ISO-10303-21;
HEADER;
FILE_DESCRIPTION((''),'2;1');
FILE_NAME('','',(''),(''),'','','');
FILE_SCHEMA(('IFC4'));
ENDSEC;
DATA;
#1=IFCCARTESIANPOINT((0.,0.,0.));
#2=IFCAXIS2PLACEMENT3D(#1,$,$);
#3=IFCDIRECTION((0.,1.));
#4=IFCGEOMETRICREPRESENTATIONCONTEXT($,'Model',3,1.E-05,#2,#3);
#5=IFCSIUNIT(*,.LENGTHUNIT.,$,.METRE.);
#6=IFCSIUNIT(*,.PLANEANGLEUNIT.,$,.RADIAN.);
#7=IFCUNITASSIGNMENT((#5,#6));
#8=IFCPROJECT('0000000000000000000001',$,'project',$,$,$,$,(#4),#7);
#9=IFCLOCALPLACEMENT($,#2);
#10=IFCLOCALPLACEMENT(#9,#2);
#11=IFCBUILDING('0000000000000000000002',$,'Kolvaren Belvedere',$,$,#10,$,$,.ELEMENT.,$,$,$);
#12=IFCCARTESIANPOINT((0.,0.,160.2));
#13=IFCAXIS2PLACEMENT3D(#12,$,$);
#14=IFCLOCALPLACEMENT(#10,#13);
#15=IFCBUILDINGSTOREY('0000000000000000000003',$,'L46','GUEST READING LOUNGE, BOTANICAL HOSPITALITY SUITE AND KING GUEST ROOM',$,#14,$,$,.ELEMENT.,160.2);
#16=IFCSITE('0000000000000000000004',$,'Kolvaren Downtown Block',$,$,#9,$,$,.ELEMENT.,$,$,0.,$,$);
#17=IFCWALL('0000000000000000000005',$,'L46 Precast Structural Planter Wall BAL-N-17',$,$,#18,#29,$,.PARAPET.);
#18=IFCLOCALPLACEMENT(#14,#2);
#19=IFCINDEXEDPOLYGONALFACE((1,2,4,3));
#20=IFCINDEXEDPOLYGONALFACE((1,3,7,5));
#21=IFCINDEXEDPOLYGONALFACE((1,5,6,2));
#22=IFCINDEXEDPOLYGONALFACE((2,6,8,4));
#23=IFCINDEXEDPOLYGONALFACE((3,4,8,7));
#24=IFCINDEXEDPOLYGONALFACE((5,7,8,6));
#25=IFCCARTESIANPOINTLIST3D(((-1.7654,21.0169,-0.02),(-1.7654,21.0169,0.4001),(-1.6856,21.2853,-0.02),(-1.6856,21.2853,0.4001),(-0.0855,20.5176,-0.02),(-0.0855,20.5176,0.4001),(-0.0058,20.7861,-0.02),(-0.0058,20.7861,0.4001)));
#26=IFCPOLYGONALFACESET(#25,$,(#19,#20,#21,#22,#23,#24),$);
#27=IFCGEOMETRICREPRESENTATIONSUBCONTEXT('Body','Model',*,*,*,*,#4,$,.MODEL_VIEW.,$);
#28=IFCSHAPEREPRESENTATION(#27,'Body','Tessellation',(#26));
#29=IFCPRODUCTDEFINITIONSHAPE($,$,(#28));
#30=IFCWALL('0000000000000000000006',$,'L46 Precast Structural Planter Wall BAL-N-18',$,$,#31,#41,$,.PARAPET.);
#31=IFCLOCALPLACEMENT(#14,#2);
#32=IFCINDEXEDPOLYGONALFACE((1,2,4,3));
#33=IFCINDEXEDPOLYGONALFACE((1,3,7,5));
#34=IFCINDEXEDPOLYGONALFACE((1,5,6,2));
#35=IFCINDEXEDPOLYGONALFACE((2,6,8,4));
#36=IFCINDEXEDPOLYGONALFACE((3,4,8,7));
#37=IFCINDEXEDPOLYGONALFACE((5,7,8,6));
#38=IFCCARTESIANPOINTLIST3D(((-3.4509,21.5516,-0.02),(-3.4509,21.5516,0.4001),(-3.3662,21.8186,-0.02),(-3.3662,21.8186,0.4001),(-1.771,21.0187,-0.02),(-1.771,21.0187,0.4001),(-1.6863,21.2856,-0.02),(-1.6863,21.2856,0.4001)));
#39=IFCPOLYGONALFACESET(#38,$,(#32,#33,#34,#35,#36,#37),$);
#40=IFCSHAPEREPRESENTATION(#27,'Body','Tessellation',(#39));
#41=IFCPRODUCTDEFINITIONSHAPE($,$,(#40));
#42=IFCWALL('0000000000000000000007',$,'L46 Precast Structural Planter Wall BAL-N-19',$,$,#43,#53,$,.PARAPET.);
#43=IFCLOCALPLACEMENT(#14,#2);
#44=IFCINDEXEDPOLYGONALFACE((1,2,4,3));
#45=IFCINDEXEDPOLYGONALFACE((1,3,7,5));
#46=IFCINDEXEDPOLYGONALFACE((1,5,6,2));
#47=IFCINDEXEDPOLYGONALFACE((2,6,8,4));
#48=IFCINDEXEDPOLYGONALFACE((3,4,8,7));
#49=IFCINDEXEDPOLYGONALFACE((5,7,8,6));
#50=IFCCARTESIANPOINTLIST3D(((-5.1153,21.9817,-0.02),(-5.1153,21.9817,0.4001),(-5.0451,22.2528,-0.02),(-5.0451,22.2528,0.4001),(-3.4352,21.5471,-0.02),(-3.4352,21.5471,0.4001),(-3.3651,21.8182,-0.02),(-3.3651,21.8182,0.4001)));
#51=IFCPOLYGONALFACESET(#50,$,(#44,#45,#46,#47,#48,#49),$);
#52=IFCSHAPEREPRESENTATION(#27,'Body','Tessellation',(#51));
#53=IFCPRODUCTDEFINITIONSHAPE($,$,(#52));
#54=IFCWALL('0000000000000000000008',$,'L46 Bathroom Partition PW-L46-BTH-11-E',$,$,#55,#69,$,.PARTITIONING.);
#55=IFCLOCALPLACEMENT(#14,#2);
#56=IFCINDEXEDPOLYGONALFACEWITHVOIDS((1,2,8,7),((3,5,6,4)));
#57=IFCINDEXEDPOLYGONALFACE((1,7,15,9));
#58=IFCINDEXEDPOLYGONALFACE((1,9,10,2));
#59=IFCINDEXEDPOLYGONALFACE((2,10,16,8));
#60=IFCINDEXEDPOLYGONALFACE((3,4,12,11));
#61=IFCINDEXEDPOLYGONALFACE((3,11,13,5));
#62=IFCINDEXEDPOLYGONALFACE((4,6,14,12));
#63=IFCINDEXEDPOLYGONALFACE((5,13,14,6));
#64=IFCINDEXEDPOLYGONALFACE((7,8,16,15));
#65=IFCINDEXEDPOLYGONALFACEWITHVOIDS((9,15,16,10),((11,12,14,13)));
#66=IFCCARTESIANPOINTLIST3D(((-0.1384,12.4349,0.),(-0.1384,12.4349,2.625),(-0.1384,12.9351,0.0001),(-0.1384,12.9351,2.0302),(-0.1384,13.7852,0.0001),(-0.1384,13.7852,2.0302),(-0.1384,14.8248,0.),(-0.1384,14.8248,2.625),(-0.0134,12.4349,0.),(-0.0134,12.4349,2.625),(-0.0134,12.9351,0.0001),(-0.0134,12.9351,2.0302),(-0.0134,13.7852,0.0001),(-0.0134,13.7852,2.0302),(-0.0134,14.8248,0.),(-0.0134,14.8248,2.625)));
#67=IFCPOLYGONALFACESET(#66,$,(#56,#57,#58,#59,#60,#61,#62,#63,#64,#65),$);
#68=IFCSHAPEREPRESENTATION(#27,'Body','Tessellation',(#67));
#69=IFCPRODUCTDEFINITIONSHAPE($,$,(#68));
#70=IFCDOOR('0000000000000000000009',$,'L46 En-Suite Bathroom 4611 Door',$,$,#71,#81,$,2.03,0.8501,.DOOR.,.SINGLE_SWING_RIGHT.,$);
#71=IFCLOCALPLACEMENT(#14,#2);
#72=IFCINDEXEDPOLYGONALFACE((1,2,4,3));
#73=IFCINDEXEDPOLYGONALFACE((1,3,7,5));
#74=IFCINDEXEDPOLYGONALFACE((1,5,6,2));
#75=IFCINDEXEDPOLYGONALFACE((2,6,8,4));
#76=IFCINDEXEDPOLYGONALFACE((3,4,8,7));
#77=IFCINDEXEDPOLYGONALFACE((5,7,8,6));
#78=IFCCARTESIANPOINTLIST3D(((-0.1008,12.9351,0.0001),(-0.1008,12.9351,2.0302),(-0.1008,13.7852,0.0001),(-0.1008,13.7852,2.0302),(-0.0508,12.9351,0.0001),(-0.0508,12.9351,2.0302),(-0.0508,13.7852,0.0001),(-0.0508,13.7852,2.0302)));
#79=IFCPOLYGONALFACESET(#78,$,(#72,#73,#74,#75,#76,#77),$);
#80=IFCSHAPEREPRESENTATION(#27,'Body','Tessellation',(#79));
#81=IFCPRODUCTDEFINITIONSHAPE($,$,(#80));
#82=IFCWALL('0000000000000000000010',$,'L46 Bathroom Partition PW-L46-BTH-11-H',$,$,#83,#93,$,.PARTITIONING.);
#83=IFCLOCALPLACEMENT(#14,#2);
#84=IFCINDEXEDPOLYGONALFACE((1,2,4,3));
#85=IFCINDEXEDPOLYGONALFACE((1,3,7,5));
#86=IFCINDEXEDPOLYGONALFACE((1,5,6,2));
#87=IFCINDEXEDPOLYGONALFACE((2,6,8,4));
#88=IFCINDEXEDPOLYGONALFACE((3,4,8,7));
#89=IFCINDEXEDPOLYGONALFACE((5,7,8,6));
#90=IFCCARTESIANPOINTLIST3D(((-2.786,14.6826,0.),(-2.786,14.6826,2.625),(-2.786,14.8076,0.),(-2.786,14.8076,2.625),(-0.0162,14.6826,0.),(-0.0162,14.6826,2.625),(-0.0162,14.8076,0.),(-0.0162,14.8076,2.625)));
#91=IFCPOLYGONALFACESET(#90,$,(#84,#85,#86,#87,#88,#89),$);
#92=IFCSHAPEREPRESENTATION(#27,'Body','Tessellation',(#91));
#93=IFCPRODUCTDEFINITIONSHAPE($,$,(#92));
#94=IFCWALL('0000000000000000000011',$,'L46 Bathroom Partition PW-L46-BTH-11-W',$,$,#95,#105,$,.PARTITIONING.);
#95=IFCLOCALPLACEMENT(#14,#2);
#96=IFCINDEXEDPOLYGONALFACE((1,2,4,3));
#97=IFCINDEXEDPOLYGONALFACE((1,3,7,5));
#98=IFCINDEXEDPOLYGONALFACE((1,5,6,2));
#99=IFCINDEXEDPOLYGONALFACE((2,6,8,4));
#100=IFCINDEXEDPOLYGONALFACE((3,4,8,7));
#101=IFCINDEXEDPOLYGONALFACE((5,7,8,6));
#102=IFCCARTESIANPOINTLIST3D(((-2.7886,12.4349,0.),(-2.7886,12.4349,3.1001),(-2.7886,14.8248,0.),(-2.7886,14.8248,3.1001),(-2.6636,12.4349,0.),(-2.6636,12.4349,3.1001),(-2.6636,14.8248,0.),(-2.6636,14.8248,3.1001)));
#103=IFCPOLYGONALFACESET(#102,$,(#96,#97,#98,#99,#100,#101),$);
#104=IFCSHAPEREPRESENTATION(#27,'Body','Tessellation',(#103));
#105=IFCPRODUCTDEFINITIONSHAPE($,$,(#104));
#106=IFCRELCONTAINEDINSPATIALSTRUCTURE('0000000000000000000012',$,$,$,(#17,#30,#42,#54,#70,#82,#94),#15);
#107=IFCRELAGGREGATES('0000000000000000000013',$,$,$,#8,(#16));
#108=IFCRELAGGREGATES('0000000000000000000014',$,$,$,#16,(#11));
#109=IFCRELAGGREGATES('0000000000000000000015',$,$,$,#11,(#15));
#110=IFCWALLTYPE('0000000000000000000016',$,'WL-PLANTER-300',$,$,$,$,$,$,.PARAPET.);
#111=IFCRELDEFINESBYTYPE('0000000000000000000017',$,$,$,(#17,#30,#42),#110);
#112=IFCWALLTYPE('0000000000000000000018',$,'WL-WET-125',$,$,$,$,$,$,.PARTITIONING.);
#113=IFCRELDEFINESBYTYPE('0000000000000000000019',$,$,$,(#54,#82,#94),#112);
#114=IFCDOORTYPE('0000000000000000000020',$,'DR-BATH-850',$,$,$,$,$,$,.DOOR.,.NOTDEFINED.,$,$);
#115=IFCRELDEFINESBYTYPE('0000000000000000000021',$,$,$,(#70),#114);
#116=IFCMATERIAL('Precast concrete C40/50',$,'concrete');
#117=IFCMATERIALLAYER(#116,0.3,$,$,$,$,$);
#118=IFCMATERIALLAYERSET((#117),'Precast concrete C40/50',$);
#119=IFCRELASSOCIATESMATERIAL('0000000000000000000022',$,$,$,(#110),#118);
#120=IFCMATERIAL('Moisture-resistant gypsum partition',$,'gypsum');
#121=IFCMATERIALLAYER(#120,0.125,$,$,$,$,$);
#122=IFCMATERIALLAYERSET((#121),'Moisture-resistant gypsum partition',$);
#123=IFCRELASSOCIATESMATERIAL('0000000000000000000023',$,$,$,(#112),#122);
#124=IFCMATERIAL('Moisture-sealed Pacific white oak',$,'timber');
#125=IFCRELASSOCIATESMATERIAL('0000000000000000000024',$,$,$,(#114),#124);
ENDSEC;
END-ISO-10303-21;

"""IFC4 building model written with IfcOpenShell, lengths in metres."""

from ifc_helpers import new_model, si_unit, direction, frame, frame_2d, origin, place, context, subcontext, project, spatial, rectangle, extrude, material, layer, layer_set, type_object, element, fill, save


model = new_model("IFC4")

# Units and contexts
model_context = context("Model", 3, precision=1e-05, world=origin(), true_north=direction((0.0, 1.0)))
body_context = subcontext(model_context, "Body", "Model", "MODEL_VIEW")
ifc_project = project(units=[si_unit("LENGTHUNIT", "METRE"), si_unit("PLANEANGLEUNIT", "RADIAN")], contexts=[model_context])

# Site, building, storey
site_placement = place(None, origin())
site = spatial("IfcSite", under=ifc_project, at=site_placement, Name="Kolvaren Downtown Block", CompositionType="ELEMENT", RefElevation=0.0)
building_placement = place(site_placement, origin())
building = spatial("IfcBuilding", under=site, at=building_placement, Name="Kolvaren Belvedere", CompositionType="ELEMENT")
storey_placement = place(building_placement, frame((0.0, 0.0, 160.2)))
storey = spatial("IfcBuildingStorey", under=building, at=storey_placement, Name="L46", Description="GUEST READING LOUNGE, BOTANICAL HOSPITALITY SUITE AND KING GUEST ROOM", CompositionType="ELEMENT", Elevation=160.2)

# Walls
ifc_material_1 = material(Name="Precast concrete C40/50", Category="concrete")
ifc_layer_1 = layer(ifc_material_1, 0.3)
ifc_layer_set_1 = layer_set([ifc_layer_1], Name="Precast concrete C40/50")
wall_type_1 = type_object("IfcWallType", Name="WL-PLANTER-300", PredefinedType="PARAPET", material=ifc_layer_set_1)
wall_1_placement = place(storey_placement, frame((-0.0457, 20.6519, -0.02), z_axis=(0.0, 0.0, 1.0), x_axis=(-0.958563, 0.28488, 0.0)))
element("IfcWall", 1, at=wall_1_placement, inside=storey, type_object=wall_type_1, Name="L46 Precast Structural Planter Wall BAL-N-17", PredefinedType="PARAPET", context=body_context, shape_type="SweptSolid", body=[
    extrude(rectangle(XDim=1.7524, YDim=0.28, at=frame_2d((0.8762, 0.0))), origin(), (0.0, 0.0, 1.0), 0.4202),
])
wall_2_placement = place(storey_placement, frame((-1.7285, 21.1521, -0.02), z_axis=(0.0, 0.0, 1.0), x_axis=(-0.953182, 0.302397, 0.0)))
element("IfcWall", 2, at=wall_2_placement, inside=storey, type_object=wall_type_1, Name="L46 Precast Structural Planter Wall BAL-N-18", PredefinedType="PARAPET", context=body_context, shape_type="SweptSolid", body=[
    extrude(rectangle(XDim=1.7625, YDim=0.28, at=frame_2d((0.8813, 0.0))), origin(), (0.0, 0.0, 1.0), 0.4202),
])
wall_3_placement = place(storey_placement, frame((-3.4001, 21.6826, -0.02), z_axis=(0.0, 0.0, 1.0), x_axis=(-0.968132, 0.25044, 0.0)))
element("IfcWall", 3, at=wall_3_placement, inside=storey, type_object=wall_type_1, Name="L46 Precast Structural Planter Wall BAL-N-19", PredefinedType="PARAPET", context=body_context, shape_type="SweptSolid", body=[
    extrude(rectangle(XDim=1.7354, YDim=0.28, at=frame_2d((0.8677, 0.0))), origin(), (0.0, 0.0, 1.0), 0.4202),
])

# Wall, opening, door
ifc_material_2 = material(Name="Moisture-resistant gypsum partition", Category="gypsum")
ifc_layer_2 = layer(ifc_material_2, 0.125)
ifc_layer_set_2 = layer_set([ifc_layer_2], Name="Moisture-resistant gypsum partition")
wall_type_2 = type_object("IfcWallType", Name="WL-WET-125", PredefinedType="PARTITIONING", material=ifc_layer_set_2)
wall_4_placement = place(storey_placement, frame((-0.0759, 12.4351, 0.0), z_axis=(0.0, 0.0, 1.0), x_axis=(0.0, 1.0, 0.0)))
wall_4 = element("IfcWall", 4, at=wall_4_placement, inside=storey, type_object=wall_type_2, Name="L46 Bathroom Partition PW-L46-BTH-11-E", PredefinedType="PARTITIONING", context=body_context, shape_type="SweptSolid", body=[
    extrude(rectangle(XDim=2.3899, YDim=0.125, at=frame_2d((1.1948, 0.0))), origin(), (0.0, 0.0, 1.0), 2.625),
])
opening_1_placement = place(wall_4_placement, frame((0.5, 0.0, 0.0)))
opening_1 = element("IfcOpeningElement", 5, at=opening_1_placement, cuts=wall_4, PredefinedType="OPENING", context=body_context, shape_type="SweptSolid", body=[
    extrude(rectangle(XDim=0.8501, YDim=2.03, at=frame_2d((0.425, 1.0151))), frame((0.0, 0.0725, 0.0), z_axis=(0.0, -1.0, 0.0), x_axis=(1.0, 0.0, 0.0)), (0.0, 0.0, 1.0), 0.145),
])
ifc_material_3 = material(Name="Moisture-sealed Pacific white oak", Category="timber")
door_type_1 = type_object("IfcDoorType", Name="DR-BATH-850", OperationType="NOTDEFINED", PredefinedType="DOOR", material=ifc_material_3)
door_1_placement = place(opening_1_placement, origin())
door_1 = element("IfcDoor", 6, at=door_1_placement, inside=storey, type_object=door_type_1, Name="L46 En-Suite Bathroom 4611 Door", OperationType="SINGLE_SWING_RIGHT", OverallHeight=2.03, OverallWidth=0.8501, PredefinedType="DOOR", context=body_context, shape_type="SweptSolid", body=[
    extrude(rectangle(XDim=0.8501, YDim=2.03, at=frame_2d((0.425, 1.0151))), frame((0.0, 0.0249, 0.0), z_axis=(0.0, -1.0, 0.0), x_axis=(1.0, 0.0, 0.0)), (0.0, 0.0, 1.0), 0.05),
])
fill(opening_1, door_1)

# Walls
wall_5_placement = place(storey_placement, frame((-2.7859, 14.7451, 0.0), z_axis=(0.0, 0.0, 1.0), x_axis=(1.0, 0.0, 0.0)))
element("IfcWall", 7, at=wall_5_placement, inside=storey, type_object=wall_type_2, Name="L46 Bathroom Partition PW-L46-BTH-11-H", PredefinedType="PARTITIONING", context=body_context, shape_type="SweptSolid", body=[
    extrude(rectangle(XDim=2.7698, YDim=0.125, at=frame_2d((1.3848, 0.0))), origin(), (0.0, 0.0, 1.0), 2.625),
])
wall_6_placement = place(storey_placement, frame((-2.7261, 12.4351, 0.0), z_axis=(0.0, 0.0, 1.0), x_axis=(0.0, 1.0, 0.0)))
element("IfcWall", 8, at=wall_6_placement, inside=storey, type_object=wall_type_2, Name="L46 Bathroom Partition PW-L46-BTH-11-W", PredefinedType="PARTITIONING", context=body_context, shape_type="SweptSolid", body=[
    extrude(rectangle(XDim=2.3899, YDim=0.125, at=frame_2d((1.1948, 0.0))), origin(), (0.0, 0.0, 1.0), 3.1001),
])

save(model, "model.ifc")
